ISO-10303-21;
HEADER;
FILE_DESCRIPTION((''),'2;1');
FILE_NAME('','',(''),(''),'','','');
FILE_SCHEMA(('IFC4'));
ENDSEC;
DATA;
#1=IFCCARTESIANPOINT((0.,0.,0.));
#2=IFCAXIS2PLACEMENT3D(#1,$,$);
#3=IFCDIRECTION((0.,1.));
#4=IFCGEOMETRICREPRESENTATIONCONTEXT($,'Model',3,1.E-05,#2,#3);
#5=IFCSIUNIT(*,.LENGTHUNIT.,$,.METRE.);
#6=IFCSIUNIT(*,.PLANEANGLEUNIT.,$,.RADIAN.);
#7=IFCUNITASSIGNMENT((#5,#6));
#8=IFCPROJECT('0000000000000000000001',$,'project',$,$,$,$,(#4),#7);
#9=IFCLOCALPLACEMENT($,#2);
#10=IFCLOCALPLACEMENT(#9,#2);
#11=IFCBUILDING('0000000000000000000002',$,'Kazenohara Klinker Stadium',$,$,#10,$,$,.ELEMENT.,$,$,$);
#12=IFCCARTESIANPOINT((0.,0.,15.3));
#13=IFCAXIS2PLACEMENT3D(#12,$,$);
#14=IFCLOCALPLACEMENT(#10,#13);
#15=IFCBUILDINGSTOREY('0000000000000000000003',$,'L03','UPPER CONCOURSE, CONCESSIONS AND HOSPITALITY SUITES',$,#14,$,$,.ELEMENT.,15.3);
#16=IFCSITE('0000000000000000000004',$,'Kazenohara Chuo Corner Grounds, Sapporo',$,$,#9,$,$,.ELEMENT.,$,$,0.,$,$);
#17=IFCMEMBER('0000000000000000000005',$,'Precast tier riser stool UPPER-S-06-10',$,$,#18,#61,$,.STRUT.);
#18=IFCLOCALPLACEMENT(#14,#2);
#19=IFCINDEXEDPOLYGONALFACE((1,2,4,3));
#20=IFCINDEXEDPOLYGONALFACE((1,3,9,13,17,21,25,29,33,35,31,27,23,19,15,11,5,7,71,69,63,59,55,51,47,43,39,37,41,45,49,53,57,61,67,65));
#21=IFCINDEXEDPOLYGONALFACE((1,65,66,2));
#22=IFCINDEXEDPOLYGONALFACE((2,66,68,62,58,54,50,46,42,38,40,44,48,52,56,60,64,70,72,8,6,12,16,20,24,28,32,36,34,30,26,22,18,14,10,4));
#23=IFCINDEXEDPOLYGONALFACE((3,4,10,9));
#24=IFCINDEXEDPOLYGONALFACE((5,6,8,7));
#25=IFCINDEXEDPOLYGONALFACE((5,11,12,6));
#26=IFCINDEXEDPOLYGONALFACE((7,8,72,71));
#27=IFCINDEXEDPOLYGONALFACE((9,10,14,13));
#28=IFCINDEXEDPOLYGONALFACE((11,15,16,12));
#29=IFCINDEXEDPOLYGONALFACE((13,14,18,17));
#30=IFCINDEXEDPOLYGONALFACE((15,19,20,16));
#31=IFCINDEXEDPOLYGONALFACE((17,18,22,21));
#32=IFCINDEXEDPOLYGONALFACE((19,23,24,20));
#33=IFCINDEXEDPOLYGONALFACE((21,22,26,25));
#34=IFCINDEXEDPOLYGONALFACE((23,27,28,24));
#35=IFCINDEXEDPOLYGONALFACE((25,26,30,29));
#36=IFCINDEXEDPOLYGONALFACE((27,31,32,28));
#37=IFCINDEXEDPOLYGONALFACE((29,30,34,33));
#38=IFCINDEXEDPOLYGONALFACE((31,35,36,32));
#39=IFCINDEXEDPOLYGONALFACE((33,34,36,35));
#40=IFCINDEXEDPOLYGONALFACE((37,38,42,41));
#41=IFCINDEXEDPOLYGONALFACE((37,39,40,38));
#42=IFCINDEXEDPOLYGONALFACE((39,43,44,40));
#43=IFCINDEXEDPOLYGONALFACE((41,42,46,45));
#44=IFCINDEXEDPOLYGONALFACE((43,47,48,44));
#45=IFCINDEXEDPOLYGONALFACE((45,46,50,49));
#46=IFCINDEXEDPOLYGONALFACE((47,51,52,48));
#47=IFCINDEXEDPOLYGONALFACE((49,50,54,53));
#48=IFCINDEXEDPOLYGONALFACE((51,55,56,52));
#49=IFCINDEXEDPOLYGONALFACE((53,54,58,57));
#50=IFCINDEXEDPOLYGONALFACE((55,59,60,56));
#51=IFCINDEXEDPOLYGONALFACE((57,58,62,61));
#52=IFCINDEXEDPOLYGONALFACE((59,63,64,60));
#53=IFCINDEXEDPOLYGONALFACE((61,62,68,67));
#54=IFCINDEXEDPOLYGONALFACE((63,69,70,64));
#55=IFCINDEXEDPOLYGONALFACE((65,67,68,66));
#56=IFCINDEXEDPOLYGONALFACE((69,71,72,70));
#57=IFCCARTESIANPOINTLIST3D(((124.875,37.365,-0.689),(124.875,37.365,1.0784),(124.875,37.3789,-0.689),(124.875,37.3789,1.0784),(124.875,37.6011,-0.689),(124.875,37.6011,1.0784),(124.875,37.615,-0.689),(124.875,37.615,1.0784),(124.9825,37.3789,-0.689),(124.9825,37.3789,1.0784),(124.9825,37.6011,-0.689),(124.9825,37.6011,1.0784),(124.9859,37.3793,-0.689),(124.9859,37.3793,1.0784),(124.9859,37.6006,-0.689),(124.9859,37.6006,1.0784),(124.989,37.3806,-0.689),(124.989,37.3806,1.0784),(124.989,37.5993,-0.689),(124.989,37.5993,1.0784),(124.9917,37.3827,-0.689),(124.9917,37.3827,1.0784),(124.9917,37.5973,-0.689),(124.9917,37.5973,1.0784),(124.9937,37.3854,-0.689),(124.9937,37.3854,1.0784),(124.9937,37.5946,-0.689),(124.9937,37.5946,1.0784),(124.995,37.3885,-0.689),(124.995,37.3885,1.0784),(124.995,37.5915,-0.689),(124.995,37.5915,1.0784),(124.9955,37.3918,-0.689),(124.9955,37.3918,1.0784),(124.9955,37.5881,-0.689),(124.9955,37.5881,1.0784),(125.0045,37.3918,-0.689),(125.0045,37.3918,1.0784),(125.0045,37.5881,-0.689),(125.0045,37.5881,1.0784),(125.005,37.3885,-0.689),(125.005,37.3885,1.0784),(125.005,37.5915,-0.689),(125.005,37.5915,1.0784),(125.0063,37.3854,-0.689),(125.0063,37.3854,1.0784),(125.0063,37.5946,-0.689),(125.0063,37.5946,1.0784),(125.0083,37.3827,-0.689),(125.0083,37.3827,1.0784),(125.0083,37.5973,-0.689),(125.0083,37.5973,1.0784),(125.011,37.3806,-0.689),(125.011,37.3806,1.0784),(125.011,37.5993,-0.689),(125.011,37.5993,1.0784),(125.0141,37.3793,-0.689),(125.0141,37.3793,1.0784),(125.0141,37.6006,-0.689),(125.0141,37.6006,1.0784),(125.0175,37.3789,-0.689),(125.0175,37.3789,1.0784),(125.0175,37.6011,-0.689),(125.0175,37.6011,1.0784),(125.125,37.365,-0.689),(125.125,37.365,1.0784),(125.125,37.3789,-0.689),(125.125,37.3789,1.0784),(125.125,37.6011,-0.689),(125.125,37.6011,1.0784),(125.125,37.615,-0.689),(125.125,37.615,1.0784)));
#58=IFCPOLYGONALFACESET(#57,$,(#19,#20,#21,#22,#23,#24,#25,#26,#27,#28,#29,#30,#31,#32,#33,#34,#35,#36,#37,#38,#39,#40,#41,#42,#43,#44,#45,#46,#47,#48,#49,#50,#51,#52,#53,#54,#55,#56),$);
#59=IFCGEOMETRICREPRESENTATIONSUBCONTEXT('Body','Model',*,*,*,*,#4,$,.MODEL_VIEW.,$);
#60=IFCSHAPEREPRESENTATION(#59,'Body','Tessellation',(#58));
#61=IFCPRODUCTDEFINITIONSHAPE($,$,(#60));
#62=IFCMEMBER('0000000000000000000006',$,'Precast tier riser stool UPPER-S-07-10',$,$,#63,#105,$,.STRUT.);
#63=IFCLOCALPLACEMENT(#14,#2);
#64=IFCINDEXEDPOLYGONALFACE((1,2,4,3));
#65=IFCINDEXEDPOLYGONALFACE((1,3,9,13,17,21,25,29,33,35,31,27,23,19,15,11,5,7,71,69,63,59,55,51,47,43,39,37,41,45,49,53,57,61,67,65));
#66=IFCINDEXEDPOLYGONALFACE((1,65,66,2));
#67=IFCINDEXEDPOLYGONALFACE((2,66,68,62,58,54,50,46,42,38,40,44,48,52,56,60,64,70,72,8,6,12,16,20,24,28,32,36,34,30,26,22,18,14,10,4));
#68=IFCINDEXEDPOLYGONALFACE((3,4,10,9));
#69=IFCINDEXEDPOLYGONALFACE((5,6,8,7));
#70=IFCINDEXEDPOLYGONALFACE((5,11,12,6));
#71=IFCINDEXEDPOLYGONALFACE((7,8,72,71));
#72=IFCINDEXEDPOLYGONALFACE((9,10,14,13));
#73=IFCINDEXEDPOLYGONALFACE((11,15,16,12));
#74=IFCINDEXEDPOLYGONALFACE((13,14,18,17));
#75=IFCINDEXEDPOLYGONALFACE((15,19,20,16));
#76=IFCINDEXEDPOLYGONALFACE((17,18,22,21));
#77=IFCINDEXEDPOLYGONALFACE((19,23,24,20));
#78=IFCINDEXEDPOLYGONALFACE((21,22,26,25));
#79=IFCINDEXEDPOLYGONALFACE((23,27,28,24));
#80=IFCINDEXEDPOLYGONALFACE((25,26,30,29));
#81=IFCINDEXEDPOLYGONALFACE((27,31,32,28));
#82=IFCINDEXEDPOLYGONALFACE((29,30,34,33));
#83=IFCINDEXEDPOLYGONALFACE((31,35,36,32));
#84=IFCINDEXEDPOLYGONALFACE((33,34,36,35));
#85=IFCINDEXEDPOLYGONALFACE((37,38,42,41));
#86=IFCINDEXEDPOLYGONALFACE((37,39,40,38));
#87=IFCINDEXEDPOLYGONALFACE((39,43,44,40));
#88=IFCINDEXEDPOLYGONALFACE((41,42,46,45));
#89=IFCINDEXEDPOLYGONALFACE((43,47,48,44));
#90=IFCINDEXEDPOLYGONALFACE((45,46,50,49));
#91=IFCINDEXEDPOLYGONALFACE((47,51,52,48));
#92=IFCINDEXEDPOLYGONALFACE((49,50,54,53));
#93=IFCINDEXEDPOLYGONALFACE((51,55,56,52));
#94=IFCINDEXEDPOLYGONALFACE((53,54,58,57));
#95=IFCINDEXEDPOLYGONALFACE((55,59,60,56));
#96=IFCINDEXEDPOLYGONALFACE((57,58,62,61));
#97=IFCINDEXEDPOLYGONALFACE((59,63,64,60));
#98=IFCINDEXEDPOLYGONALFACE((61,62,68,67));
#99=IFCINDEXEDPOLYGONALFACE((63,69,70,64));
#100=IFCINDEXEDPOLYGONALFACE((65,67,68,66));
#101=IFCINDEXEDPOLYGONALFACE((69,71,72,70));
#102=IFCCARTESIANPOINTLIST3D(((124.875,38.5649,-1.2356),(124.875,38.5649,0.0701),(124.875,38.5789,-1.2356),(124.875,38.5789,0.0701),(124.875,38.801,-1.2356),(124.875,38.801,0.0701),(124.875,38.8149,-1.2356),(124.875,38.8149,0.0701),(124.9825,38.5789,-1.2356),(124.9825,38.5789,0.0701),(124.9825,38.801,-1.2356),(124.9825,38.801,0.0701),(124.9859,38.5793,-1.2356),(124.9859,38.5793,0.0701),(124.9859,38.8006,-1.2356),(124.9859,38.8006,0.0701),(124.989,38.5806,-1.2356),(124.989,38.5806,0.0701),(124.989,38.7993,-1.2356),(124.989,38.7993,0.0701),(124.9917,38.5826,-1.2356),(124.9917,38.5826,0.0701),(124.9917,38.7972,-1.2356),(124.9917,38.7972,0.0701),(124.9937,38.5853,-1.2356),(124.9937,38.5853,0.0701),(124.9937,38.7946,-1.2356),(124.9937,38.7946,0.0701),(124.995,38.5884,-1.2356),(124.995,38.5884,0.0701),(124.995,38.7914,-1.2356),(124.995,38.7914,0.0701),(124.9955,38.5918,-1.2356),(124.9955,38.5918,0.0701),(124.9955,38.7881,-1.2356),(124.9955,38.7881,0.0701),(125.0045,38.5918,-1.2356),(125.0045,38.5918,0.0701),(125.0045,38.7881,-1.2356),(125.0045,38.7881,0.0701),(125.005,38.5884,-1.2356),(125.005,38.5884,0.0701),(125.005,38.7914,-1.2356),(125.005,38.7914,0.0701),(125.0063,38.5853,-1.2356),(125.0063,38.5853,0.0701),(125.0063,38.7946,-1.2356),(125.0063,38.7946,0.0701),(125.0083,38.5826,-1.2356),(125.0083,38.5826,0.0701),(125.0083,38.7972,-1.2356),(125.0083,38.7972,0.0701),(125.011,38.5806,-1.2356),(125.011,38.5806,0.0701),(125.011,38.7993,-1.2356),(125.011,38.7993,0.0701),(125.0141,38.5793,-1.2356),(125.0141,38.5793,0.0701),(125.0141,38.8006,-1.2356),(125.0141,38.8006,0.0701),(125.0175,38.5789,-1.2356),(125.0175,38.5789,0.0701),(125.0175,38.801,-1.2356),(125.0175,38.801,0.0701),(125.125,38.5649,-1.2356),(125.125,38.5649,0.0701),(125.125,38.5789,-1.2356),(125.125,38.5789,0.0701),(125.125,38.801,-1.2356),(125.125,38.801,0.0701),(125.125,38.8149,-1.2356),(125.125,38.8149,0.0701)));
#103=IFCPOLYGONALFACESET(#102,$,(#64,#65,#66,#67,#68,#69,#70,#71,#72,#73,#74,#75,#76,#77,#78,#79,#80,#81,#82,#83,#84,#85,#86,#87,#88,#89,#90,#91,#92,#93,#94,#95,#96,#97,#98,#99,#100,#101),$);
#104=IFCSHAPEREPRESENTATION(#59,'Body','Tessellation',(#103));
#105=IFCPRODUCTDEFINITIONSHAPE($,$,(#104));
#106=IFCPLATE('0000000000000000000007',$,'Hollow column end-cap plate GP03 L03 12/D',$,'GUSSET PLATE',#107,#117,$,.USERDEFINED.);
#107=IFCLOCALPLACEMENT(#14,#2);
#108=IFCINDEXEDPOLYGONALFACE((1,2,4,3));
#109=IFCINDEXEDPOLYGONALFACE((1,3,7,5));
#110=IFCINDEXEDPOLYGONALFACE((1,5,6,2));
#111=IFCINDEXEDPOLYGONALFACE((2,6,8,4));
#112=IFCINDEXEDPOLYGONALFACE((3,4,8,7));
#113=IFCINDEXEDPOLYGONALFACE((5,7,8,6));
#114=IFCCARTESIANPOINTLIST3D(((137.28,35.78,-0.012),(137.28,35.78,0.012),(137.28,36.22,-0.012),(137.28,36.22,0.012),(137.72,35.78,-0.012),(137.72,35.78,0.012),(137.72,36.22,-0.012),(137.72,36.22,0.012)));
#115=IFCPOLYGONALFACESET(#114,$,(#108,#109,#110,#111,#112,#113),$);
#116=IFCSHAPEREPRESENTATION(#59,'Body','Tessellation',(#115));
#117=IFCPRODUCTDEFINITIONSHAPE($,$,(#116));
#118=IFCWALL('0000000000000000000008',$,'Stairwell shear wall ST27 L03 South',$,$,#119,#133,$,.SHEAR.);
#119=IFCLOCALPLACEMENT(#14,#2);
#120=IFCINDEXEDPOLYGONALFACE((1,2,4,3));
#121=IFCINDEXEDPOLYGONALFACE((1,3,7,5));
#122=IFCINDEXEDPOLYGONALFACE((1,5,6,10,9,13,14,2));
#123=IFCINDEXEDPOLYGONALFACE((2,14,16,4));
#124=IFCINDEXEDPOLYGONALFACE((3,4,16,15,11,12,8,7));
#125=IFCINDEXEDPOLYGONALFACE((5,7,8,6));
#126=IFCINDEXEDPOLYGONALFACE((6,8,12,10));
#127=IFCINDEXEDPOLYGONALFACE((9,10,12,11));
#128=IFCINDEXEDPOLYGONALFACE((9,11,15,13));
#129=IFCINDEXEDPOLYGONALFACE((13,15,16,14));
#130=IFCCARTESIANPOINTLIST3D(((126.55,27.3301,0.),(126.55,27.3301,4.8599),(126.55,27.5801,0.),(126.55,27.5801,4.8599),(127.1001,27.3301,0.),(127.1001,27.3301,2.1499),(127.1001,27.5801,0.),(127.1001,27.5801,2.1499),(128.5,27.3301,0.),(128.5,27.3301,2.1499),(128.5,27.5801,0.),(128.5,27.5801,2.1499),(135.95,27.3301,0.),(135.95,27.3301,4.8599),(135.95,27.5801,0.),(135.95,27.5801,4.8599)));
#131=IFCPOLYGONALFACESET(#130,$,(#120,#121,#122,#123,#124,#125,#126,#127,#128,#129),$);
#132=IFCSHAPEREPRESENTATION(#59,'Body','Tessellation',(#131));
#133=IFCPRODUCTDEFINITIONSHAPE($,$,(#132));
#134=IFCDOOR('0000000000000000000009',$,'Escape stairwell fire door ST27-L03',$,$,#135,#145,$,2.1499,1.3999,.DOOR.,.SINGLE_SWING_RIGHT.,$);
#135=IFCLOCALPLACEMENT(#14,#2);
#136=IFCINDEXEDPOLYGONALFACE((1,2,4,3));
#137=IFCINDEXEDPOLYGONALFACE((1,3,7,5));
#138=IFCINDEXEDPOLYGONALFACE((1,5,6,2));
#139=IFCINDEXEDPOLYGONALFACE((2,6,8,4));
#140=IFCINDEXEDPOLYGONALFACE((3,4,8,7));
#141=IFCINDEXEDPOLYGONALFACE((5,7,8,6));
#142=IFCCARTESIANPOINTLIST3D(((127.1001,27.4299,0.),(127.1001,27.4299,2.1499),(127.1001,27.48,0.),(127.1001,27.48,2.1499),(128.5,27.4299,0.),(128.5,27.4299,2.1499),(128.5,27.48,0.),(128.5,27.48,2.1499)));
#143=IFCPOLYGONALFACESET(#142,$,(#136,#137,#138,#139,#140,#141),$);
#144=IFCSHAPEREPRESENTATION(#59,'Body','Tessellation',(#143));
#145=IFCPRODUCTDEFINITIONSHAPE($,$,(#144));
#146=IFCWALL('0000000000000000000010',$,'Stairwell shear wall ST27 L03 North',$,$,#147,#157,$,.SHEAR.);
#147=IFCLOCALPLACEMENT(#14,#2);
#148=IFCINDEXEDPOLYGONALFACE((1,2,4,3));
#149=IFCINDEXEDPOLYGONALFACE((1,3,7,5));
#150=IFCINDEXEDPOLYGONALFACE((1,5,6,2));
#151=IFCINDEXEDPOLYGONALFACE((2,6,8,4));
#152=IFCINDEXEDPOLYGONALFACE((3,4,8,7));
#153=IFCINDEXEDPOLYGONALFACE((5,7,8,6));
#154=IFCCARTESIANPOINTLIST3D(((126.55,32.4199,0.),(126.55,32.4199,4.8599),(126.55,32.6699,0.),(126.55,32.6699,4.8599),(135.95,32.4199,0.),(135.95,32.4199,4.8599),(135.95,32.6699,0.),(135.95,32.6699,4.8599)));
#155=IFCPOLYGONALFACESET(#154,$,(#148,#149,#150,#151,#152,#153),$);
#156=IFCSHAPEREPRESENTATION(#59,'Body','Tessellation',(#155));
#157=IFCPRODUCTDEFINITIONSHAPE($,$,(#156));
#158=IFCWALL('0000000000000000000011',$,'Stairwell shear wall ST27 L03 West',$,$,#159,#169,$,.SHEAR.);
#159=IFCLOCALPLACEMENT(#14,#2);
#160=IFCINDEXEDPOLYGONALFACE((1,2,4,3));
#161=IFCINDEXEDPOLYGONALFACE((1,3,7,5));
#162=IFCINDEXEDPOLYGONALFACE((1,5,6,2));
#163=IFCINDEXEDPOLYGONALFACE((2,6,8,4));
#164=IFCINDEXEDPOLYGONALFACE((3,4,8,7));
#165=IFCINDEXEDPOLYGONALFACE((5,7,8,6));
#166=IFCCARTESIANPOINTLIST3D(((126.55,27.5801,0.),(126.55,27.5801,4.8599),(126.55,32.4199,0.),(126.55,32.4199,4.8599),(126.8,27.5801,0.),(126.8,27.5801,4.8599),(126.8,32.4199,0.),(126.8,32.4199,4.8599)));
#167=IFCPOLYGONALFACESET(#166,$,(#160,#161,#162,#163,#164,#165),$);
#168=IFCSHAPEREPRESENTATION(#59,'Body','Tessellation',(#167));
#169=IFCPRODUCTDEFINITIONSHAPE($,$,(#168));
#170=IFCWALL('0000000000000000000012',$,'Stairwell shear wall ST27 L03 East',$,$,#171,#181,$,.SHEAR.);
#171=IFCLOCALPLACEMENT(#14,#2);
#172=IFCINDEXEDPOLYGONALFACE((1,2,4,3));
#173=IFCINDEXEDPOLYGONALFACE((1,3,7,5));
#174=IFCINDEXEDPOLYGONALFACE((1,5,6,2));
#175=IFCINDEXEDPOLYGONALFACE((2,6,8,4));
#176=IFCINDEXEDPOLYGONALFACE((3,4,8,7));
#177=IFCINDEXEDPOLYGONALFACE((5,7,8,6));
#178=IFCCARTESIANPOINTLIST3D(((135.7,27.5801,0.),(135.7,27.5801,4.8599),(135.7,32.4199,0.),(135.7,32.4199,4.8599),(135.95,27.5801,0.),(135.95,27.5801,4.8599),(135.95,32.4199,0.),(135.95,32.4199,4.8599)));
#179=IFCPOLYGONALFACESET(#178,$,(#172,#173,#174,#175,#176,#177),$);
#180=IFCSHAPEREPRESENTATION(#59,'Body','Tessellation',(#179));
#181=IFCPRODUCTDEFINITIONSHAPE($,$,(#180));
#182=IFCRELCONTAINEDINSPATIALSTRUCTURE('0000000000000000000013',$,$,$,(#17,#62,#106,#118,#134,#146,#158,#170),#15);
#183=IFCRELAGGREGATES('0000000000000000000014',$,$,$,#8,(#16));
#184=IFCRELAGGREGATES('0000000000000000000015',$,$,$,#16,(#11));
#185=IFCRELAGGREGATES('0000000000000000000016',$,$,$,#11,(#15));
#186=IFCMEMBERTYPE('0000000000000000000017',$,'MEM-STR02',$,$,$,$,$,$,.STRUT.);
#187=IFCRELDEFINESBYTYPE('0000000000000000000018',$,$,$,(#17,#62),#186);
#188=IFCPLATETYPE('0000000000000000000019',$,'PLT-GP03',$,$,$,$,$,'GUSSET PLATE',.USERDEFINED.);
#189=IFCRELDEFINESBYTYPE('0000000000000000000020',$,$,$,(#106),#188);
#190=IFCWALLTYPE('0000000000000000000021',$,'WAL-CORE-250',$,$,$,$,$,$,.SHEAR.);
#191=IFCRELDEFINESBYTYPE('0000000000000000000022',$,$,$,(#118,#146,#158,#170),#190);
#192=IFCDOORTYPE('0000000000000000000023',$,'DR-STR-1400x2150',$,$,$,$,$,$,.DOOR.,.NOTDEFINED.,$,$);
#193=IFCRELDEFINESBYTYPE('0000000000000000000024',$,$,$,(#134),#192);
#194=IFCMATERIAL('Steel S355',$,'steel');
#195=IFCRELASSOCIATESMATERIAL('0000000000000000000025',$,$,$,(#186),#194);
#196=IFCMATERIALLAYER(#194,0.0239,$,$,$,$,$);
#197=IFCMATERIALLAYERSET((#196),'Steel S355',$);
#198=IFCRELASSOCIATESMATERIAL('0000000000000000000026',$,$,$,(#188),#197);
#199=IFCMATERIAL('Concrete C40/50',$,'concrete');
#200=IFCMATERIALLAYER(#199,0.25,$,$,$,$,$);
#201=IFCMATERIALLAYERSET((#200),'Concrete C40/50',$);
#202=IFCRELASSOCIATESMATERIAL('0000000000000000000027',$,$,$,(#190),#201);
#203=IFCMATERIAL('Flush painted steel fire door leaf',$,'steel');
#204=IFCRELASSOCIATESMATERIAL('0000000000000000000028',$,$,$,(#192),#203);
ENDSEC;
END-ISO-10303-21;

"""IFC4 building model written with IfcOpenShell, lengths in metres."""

from ifc_helpers import new_model, si_unit, direction, frame, frame_2d, origin, origin_2d, place, context, subcontext, project, spatial, rectangle, i_section, extrude, material, layer, layer_set, material_profile, profile_set, type_object, element, fill, save


model = new_model("IFC4")

# Units and contexts
model_context = context("Model", 3, precision=1e-05, world=origin(), true_north=direction((0.0, 1.0)))
body_context = subcontext(model_context, "Body", "Model", "MODEL_VIEW")
ifc_project = project(units=[si_unit("LENGTHUNIT", "METRE"), si_unit("PLANEANGLEUNIT", "RADIAN")], contexts=[model_context])

# Site, building, storey
site_placement = place(None, origin())
site = spatial("IfcSite", under=ifc_project, at=site_placement, Name="Kazenohara Chuo Corner Grounds, Sapporo", CompositionType="ELEMENT", RefElevation=0.0)
building_placement = place(site_placement, origin())
building = spatial("IfcBuilding", under=site, at=building_placement, Name="Kazenohara Klinker Stadium", CompositionType="ELEMENT")
storey_placement = place(building_placement, frame((0.0, 0.0, 15.3)))
storey = spatial("IfcBuildingStorey", under=building, at=storey_placement, Name="L03", Description="UPPER CONCOURSE, CONCESSIONS AND HOSPITALITY SUITES", CompositionType="ELEMENT", Elevation=15.3)

# Shared definitions
ifc_material_1 = material(Name="Concrete C40/50", Category="concrete")
ifc_material_2 = material(Name="Steel S355", Category="steel")

# Members
ifc_material_profile_1 = material_profile(ifc_material_2, i_section(OverallWidth=0.25, OverallDepth=0.25, WebThickness=0.009, FlangeThickness=0.0139, FilletRadius=0.0129, at=origin_2d()), Name="H-250x250x9x14")
ifc_profile_set_1 = profile_set([ifc_material_profile_1], Name="Steel S355")
member_type = type_object("IfcMemberType", Name="MEM-STR02", PredefinedType="STRUT", material=ifc_profile_set_1)
member_1_placement = place(storey_placement, frame((125.0, 37.49, -0.689), z_axis=(0.0, 0.0, 1.0), x_axis=(1.0, 0.0, 0.0)))
element("IfcMember", 1, at=member_1_placement, inside=storey, type_object=member_type, Name="Precast tier riser stool UPPER-S-06-10", PredefinedType="STRUT", context=body_context, shape_type="SweptSolid", body=[
    extrude(i_section(OverallWidth=0.25, OverallDepth=0.25, WebThickness=0.009, FlangeThickness=0.0139, FilletRadius=0.0129, at=origin_2d()), origin(), (0.0, 0.0, 1.0), 1.7673),
])
member_2_placement = place(storey_placement, frame((125.0, 38.6899, -1.2356), z_axis=(0.0, 0.0, 1.0), x_axis=(1.0, 0.0, 0.0)))
element("IfcMember", 2, at=member_2_placement, inside=storey, type_object=member_type, Name="Precast tier riser stool UPPER-S-07-10", PredefinedType="STRUT", context=body_context, shape_type="SweptSolid", body=[
    extrude(i_section(OverallWidth=0.25, OverallDepth=0.25, WebThickness=0.009, FlangeThickness=0.0139, FilletRadius=0.0129, at=origin_2d()), origin(), (0.0, 0.0, 1.0), 1.3057),
])

# Plate
ifc_layer_1 = layer(ifc_material_2, 0.0239)
ifc_layer_set_1 = layer_set([ifc_layer_1], Name="Steel S355")
plate_type = type_object("IfcPlateType", Name="PLT-GP03", ElementType="GUSSET PLATE", PredefinedType="USERDEFINED", material=ifc_layer_set_1)
plate_placement = place(storey_placement, frame((137.5, 36.0, -0.012), z_axis=(0.0, 0.0, 1.0), x_axis=(1.0, 0.0, 0.0)))
element("IfcPlate", 3, at=plate_placement, inside=storey, type_object=plate_type, Name="Hollow column end-cap plate GP03 L03 12/D", ObjectType="GUSSET PLATE", PredefinedType="USERDEFINED", context=body_context, shape_type="SweptSolid", body=[
    extrude(rectangle(XDim=0.4399, YDim=0.4399, at=origin_2d()), origin(), (0.0, 0.0, 1.0), 0.0239),
])

# Wall, opening, door
ifc_layer_2 = layer(ifc_material_1, 0.25)
ifc_layer_set_2 = layer_set([ifc_layer_2], Name="Concrete C40/50")
wall_type_1 = type_object("IfcWallType", Name="WAL-CORE-250", PredefinedType="SHEAR", material=ifc_layer_set_2)
wall_1_placement = place(storey_placement, frame((126.55, 27.4551, 0.0), z_axis=(0.0, 0.0, 1.0), x_axis=(1.0, 0.0, 0.0)))
wall_1 = element("IfcWall", 4, at=wall_1_placement, inside=storey, type_object=wall_type_1, Name="Stairwell shear wall ST27 L03 South", PredefinedType="SHEAR", context=body_context, shape_type="SweptSolid", body=[
    extrude(rectangle(XDim=9.3999, YDim=0.25, at=frame_2d((4.7, 0.0))), origin(), (0.0, 0.0, 1.0), 4.8599),
])
opening_1_placement = place(wall_1_placement, frame((0.55, 0.0, 0.0)))
opening_1 = element("IfcOpeningElement", 5, at=opening_1_placement, cuts=wall_1, PredefinedType="OPENING", context=body_context, shape_type="SweptSolid", body=[
    extrude(rectangle(XDim=1.3999, YDim=2.1499, at=frame_2d((0.7, 1.075))), frame((0.0, 0.135, 0.0), z_axis=(0.0, -1.0, 0.0), x_axis=(1.0, 0.0, 0.0)), (0.0, 0.0, 1.0), 0.27),
])
ifc_material_3 = material(Name="Flush painted steel fire door leaf", Category="steel")
door_type = type_object("IfcDoorType", Name="DR-STR-1400x2150", OperationType="NOTDEFINED", PredefinedType="DOOR", material=ifc_material_3)
door_placement = place(opening_1_placement, origin())
door = element("IfcDoor", 6, at=door_placement, inside=storey, type_object=door_type, Name="Escape stairwell fire door ST27-L03", OperationType="SINGLE_SWING_RIGHT", OverallHeight=2.1499, OverallWidth=1.3999, PredefinedType="DOOR", context=body_context, shape_type="SweptSolid", body=[
    extrude(rectangle(XDim=1.3999, YDim=2.1499, at=frame_2d((0.7, 1.075))), frame((0.0, 0.0249, 0.0), z_axis=(0.0, -1.0, 0.0), x_axis=(1.0, 0.0, 0.0)), (0.0, 0.0, 1.0), 0.05),
])
fill(opening_1, door)

# Walls
wall_2_placement = place(storey_placement, frame((126.55, 32.5449, 0.0), z_axis=(0.0, 0.0, 1.0), x_axis=(1.0, 0.0, 0.0)))
element("IfcWall", 7, at=wall_2_placement, inside=storey, type_object=wall_type_1, Name="Stairwell shear wall ST27 L03 North", PredefinedType="SHEAR", context=body_context, shape_type="SweptSolid", body=[
    extrude(rectangle(XDim=9.3999, YDim=0.25, at=frame_2d((4.7, 0.0))), origin(), (0.0, 0.0, 1.0), 4.8599),
])
for number, where, z_axis, x_axis, name in (
    (8, (126.675, 27.5801, 0.0), (0.0, 0.0, 1.0), (0.0, 1.0, 0.0), "Stairwell shear wall ST27 L03 West"),
    (9, (135.825, 27.5801, 0.0), (0.0, 0.0, 1.0), (0.0, 1.0, 0.0), "Stairwell shear wall ST27 L03 East"),
):
    element("IfcWall", number, at=place(storey_placement, frame(where, z_axis=z_axis, x_axis=x_axis)), inside=storey, type_object=wall_type_1, Name=name, PredefinedType="SHEAR", context=body_context, shape_type="SweptSolid", body=[
        extrude(rectangle(XDim=4.8398, YDim=0.25, at=frame_2d((2.4199, 0.0))), origin(), (0.0, 0.0, 1.0), 4.8599),
    ])

save(model, "model.ifc")
